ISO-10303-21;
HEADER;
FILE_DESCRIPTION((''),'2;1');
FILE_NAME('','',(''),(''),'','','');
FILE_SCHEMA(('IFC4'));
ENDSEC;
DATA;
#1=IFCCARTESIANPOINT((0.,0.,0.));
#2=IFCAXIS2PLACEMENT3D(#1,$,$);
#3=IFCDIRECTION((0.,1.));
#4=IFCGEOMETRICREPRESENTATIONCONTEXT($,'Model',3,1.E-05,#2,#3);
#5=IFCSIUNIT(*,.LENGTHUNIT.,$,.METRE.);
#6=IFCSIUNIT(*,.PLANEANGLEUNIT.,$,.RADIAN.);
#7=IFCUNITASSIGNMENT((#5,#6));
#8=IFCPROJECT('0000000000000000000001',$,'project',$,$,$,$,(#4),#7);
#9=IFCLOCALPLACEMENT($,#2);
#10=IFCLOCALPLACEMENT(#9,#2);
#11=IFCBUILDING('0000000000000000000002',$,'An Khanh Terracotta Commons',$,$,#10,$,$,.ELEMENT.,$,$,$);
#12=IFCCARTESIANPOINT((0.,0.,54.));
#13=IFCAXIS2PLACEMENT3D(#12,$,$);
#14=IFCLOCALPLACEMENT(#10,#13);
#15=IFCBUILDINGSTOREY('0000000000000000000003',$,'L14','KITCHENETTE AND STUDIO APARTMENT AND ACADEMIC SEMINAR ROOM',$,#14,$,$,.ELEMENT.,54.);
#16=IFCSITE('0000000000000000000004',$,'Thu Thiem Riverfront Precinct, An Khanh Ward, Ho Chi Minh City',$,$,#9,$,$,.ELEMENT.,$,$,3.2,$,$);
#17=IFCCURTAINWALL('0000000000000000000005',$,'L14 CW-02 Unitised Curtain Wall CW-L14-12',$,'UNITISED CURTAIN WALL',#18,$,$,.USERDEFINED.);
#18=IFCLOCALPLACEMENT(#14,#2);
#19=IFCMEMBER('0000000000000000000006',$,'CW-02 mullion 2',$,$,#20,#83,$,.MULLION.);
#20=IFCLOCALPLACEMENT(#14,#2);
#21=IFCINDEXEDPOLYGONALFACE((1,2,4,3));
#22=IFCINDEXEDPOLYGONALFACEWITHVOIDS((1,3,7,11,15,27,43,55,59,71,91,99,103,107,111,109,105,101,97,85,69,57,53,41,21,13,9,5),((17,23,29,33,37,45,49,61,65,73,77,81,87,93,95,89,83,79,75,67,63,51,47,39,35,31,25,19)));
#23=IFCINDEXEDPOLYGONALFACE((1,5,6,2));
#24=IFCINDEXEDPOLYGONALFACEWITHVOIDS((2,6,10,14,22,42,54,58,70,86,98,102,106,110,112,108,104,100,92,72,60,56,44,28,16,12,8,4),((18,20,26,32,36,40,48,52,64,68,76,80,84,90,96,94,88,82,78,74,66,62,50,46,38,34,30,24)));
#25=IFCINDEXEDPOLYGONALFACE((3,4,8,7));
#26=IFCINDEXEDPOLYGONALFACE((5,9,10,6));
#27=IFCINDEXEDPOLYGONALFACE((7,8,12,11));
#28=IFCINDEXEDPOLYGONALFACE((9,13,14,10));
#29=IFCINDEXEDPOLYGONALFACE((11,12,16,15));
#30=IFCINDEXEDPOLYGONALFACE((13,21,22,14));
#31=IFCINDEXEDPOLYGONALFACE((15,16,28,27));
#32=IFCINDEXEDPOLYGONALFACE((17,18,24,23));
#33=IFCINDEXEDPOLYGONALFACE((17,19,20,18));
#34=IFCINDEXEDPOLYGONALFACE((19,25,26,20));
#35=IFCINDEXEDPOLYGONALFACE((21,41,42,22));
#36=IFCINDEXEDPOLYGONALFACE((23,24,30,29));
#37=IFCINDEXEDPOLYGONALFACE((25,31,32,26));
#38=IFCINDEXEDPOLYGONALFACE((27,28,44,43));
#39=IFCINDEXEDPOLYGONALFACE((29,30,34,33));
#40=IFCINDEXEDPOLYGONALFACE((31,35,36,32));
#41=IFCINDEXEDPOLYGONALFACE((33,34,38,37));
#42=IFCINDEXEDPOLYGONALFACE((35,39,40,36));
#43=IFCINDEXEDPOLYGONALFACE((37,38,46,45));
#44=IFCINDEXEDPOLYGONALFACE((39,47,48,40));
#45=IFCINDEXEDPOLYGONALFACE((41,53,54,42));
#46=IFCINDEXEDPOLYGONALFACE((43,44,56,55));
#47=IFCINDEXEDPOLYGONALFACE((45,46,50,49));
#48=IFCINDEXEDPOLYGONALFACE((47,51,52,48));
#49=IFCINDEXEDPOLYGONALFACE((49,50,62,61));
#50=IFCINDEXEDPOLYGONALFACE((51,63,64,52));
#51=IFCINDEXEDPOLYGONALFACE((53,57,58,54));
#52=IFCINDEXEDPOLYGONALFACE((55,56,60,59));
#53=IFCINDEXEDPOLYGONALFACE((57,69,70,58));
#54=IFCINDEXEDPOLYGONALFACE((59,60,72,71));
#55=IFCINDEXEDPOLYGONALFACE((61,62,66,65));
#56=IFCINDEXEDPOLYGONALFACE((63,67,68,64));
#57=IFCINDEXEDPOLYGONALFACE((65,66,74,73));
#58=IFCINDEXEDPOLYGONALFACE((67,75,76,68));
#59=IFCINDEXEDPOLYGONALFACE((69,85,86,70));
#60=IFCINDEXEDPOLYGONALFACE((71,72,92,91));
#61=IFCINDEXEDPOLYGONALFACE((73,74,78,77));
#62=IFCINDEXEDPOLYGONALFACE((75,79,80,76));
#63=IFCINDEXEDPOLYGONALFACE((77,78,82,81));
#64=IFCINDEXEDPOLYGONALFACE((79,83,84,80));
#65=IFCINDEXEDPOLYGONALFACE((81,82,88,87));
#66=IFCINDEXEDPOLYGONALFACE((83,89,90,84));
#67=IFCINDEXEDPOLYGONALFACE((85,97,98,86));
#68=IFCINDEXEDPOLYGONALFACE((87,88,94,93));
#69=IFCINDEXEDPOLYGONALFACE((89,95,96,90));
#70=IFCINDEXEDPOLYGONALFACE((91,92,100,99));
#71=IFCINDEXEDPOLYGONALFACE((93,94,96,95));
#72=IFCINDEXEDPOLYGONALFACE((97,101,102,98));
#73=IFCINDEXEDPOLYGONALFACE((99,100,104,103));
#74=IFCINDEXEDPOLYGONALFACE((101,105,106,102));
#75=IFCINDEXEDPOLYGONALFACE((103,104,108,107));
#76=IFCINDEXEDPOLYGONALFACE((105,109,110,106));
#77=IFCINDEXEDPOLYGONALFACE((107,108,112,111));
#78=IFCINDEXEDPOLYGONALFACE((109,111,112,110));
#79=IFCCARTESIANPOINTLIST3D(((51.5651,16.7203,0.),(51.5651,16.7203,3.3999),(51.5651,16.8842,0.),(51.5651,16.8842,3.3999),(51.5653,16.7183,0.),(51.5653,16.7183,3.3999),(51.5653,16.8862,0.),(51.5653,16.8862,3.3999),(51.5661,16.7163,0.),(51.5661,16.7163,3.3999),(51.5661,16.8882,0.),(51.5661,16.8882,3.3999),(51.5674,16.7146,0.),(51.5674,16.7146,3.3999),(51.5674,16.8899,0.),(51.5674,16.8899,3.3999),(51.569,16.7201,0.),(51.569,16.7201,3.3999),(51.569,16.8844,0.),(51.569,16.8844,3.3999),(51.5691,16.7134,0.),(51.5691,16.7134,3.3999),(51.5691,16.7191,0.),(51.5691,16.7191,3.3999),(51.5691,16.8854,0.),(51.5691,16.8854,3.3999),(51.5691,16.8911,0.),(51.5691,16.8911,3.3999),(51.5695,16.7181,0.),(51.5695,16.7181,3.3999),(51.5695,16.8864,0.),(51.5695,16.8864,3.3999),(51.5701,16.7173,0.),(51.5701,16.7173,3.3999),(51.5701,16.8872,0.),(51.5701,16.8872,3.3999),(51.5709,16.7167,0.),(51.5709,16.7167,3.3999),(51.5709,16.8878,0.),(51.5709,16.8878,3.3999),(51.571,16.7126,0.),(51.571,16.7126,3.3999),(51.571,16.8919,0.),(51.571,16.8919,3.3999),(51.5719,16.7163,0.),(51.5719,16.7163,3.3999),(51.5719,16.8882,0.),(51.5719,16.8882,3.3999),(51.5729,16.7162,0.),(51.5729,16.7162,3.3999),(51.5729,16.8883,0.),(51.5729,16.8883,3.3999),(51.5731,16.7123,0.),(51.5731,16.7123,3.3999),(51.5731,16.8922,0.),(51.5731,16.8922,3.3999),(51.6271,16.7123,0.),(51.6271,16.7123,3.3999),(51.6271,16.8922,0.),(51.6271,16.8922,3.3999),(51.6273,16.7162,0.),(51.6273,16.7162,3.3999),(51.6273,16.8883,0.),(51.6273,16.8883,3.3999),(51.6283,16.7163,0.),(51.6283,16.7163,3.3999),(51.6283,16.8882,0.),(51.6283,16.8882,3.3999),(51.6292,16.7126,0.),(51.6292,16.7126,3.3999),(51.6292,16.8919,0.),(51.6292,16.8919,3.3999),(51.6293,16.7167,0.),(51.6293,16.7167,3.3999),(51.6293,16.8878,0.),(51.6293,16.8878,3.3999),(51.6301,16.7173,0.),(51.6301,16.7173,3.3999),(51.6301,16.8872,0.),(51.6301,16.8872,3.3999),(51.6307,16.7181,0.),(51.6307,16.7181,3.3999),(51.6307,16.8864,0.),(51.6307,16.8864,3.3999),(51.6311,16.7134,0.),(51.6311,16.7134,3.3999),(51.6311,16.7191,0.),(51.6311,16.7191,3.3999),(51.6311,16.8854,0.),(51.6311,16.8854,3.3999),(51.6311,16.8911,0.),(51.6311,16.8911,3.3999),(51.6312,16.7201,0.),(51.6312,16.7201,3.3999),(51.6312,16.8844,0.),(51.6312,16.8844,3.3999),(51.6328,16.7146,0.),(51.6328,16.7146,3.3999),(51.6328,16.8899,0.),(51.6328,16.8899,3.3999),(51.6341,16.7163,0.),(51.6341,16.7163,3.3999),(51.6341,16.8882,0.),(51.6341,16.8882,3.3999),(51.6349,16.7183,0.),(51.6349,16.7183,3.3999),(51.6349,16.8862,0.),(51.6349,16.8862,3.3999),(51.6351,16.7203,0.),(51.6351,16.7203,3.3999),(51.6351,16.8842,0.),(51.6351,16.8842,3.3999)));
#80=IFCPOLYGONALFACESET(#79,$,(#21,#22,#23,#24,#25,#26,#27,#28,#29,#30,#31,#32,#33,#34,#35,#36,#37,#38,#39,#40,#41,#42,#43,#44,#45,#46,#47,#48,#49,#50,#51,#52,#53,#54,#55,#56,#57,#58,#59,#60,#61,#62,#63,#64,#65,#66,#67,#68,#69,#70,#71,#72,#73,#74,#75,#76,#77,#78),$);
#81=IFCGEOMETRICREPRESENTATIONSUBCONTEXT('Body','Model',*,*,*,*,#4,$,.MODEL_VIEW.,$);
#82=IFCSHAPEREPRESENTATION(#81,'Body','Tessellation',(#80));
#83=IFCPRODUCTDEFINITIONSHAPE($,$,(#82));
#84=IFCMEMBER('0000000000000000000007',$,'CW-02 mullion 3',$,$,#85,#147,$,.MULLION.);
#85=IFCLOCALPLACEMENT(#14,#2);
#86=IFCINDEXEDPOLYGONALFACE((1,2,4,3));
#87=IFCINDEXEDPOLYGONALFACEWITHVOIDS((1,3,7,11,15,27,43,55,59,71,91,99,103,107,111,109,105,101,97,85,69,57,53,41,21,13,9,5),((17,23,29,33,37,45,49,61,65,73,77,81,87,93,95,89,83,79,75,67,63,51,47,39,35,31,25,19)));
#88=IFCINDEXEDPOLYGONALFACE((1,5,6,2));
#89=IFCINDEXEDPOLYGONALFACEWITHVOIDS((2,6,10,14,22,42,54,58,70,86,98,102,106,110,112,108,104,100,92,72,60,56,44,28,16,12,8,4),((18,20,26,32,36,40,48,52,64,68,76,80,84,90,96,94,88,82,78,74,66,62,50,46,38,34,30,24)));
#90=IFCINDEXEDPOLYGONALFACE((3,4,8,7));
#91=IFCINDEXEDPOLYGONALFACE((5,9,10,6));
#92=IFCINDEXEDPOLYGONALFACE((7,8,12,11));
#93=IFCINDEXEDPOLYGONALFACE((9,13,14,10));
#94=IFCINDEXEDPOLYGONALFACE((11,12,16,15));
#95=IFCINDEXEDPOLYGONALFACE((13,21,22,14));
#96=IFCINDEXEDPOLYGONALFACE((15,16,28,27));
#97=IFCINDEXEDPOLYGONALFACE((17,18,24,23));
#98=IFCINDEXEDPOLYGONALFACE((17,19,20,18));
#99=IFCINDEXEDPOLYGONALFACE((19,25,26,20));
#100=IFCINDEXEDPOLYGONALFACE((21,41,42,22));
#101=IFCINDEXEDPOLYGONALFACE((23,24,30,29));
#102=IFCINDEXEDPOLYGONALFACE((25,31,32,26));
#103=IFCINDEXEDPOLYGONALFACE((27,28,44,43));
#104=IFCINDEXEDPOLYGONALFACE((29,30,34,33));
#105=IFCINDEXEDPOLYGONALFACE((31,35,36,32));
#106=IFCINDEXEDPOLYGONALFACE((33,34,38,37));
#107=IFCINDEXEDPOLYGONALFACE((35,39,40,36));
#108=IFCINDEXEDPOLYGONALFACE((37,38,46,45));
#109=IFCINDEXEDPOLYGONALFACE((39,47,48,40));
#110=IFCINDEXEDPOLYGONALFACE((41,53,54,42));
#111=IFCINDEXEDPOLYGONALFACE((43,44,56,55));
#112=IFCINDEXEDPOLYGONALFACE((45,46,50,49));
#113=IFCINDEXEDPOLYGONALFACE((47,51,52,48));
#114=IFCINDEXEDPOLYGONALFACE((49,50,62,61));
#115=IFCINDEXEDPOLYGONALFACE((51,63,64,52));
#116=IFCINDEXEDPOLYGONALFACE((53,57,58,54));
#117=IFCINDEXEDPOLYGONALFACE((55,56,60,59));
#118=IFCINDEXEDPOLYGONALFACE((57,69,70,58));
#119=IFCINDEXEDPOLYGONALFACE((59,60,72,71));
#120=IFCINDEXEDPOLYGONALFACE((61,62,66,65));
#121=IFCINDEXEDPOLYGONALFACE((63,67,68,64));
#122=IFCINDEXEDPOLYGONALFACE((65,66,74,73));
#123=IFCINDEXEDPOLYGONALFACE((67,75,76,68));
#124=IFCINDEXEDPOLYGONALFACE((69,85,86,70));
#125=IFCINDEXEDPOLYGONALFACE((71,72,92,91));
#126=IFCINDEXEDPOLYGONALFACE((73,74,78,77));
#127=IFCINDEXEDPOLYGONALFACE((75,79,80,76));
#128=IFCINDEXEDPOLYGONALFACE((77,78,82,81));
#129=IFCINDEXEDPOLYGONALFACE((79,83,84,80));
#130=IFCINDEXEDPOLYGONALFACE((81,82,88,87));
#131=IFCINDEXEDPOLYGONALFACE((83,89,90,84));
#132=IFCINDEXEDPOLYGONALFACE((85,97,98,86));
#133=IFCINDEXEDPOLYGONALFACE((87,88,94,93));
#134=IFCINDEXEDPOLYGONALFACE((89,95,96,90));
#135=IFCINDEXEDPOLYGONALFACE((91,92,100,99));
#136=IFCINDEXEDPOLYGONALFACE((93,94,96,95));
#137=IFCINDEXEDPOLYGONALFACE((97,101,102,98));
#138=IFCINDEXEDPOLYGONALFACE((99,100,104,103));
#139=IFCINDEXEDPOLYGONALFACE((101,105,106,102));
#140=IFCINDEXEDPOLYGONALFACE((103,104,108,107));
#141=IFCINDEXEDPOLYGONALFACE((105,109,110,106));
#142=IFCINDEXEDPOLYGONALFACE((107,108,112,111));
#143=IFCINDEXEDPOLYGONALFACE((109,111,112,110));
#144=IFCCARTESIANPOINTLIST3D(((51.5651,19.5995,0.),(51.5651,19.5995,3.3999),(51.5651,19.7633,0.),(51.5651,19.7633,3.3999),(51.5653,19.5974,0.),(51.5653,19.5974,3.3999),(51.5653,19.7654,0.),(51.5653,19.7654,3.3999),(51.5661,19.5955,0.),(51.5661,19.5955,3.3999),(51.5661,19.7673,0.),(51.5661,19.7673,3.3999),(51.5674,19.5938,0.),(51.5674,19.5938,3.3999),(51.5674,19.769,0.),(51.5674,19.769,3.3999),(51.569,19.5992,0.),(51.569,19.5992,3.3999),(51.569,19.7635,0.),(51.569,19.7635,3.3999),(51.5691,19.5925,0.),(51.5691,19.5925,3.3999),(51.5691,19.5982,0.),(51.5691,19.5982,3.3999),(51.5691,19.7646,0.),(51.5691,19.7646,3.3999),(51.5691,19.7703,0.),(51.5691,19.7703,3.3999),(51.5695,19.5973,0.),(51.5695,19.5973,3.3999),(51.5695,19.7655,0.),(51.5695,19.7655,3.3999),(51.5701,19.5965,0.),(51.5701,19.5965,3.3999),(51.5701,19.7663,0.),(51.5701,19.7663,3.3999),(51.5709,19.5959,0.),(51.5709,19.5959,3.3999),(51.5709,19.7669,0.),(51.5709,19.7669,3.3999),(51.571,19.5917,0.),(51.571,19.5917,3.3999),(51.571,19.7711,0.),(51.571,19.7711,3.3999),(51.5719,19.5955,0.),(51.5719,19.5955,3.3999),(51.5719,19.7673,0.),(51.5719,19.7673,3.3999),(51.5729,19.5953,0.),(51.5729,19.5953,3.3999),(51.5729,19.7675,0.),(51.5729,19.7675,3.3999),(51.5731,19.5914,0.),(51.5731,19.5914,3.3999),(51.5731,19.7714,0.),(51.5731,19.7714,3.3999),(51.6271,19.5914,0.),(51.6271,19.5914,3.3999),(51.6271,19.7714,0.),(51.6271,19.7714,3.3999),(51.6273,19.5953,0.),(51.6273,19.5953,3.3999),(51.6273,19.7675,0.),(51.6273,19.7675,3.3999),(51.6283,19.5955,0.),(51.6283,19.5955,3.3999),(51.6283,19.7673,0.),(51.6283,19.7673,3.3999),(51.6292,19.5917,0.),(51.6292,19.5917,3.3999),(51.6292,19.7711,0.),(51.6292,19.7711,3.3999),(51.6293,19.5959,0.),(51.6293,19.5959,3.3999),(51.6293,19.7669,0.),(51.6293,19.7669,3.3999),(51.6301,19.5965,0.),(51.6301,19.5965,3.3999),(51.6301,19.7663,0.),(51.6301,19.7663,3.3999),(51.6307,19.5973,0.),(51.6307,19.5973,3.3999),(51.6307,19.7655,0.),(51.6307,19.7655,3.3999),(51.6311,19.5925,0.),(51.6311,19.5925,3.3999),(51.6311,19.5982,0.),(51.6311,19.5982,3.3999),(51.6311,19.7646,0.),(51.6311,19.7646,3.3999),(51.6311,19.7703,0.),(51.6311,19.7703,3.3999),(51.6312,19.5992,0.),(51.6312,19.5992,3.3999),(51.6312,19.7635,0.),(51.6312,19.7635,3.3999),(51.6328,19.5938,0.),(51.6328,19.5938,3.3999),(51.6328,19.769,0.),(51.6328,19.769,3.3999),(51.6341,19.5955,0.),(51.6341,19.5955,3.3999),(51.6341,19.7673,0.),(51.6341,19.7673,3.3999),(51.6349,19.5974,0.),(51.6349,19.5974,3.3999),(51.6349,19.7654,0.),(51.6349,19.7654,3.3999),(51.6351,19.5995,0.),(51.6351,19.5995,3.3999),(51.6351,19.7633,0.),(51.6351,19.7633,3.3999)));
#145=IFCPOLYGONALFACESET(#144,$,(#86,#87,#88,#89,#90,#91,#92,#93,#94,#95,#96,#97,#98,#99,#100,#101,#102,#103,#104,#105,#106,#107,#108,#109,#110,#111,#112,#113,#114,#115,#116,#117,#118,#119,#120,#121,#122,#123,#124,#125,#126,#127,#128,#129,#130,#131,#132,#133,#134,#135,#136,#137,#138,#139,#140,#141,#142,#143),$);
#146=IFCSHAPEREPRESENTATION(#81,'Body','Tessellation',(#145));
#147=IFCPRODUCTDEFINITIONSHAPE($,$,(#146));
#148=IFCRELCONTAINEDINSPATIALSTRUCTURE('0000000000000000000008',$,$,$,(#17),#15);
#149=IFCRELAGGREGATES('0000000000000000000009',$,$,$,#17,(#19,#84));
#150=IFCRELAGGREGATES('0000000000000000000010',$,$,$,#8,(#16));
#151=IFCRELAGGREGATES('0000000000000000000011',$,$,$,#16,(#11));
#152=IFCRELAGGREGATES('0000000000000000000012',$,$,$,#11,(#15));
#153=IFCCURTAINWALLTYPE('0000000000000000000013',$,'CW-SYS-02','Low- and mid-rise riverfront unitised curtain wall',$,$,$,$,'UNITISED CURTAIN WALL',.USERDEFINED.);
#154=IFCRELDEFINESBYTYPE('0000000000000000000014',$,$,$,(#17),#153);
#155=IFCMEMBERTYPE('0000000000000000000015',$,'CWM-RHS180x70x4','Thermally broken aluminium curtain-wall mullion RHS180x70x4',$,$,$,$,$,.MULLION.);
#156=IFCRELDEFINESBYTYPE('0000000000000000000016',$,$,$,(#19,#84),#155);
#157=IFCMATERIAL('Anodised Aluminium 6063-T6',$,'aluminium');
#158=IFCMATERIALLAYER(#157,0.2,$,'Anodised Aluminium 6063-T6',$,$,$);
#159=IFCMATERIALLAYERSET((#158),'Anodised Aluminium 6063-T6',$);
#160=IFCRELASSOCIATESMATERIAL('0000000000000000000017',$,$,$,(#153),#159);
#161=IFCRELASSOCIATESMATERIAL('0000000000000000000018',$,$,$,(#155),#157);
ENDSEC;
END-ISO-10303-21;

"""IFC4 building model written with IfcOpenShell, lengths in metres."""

from ifc_helpers import new_model, si_unit, direction, frame, origin, origin_2d, place, context, subcontext, project, spatial, hollow_rectangle, extrude, material, layer, layer_set, material_profile, profile_set, type_object, element, aggregate, save


model = new_model("IFC4")

# Units and contexts
model_context = context("Model", 3, precision=1e-05, world=origin(), true_north=direction((0.0, 1.0)))
body_context = subcontext(model_context, "Body", "Model", "MODEL_VIEW")
ifc_project = project(units=[si_unit("LENGTHUNIT", "METRE"), si_unit("PLANEANGLEUNIT", "RADIAN")], contexts=[model_context])

# Site, building, storey
site_placement = place(None, origin())
site = spatial("IfcSite", under=ifc_project, at=site_placement, Name="Thu Thiem Riverfront Precinct, An Khanh Ward, Ho Chi Minh City", CompositionType="ELEMENT", RefElevation=3.2)
building_placement = place(site_placement, origin())
building = spatial("IfcBuilding", under=site, at=building_placement, Name="An Khanh Terracotta Commons", CompositionType="ELEMENT")
storey_placement = place(building_placement, frame((0.0, 0.0, 54.0)))
storey = spatial("IfcBuildingStorey", under=building, at=storey_placement, Name="L14", Description="KITCHENETTE AND STUDIO APARTMENT AND ACADEMIC SEMINAR ROOM", CompositionType="ELEMENT", Elevation=54.0)

# Curtain wall, members
ifc_material_1 = material(Name="Anodised Aluminium 6063-T6", Category="aluminium")
ifc_layer_1 = layer(ifc_material_1, 0.2, Name="Anodised Aluminium 6063-T6")
ifc_layer_set_1 = layer_set([ifc_layer_1], Name="Anodised Aluminium 6063-T6")
curtain_wall_type = type_object("IfcCurtainWallType", Name="CW-SYS-02", Description="Low- and mid-rise riverfront unitised curtain wall", ElementType="UNITISED CURTAIN WALL", PredefinedType="USERDEFINED", material=ifc_layer_set_1)
curtain_wall_placement = place(storey_placement, origin())
curtain_wall = element("IfcCurtainWall", 1, at=curtain_wall_placement, inside=storey, type_object=curtain_wall_type, Name="L14 CW-02 Unitised Curtain Wall CW-L14-12", ObjectType="UNITISED CURTAIN WALL", PredefinedType="USERDEFINED")
ifc_material_profile_1 = material_profile(ifc_material_1, hollow_rectangle(XDim=0.0701, YDim=0.1799, WallThickness=0.0039, InnerFilletRadius=0.0039, OuterFilletRadius=0.0081, at=origin_2d()), Name="RHS180x70x4")
ifc_profile_set_1 = profile_set([ifc_material_profile_1], Name="Anodised Aluminium 6063-T6")
member_type_1 = type_object("IfcMemberType", Name="CWM-RHS180x70x4", Description="Thermally broken aluminium curtain-wall mullion RHS180x70x4", PredefinedType="MULLION", material=ifc_profile_set_1)
member_1_placement = place(storey_placement, frame((51.6001, 16.8022, 0.0), z_axis=(0.0, 0.0, 1.0), x_axis=(-1.0, 0.0, 0.0)))
member_1 = element("IfcMember", 2, at=member_1_placement, type_object=member_type_1, Name="CW-02 mullion 2", PredefinedType="MULLION", context=body_context, shape_type="SweptSolid", body=[
    extrude(hollow_rectangle(XDim=0.0701, YDim=0.1799, WallThickness=0.0039, InnerFilletRadius=0.0039, OuterFilletRadius=0.0081, at=origin_2d()), origin(), (0.0, 0.0, 1.0), 3.3999),
])
member_2_placement = place(storey_placement, frame((51.6001, 19.6814, 0.0), z_axis=(0.0, 0.0, 1.0), x_axis=(-1.0, 0.0, 0.0)))
member_2 = element("IfcMember", 3, at=member_2_placement, type_object=member_type_1, Name="CW-02 mullion 3", PredefinedType="MULLION", context=body_context, shape_type="SweptSolid", body=[
    extrude(hollow_rectangle(XDim=0.0701, YDim=0.1799, WallThickness=0.0039, InnerFilletRadius=0.0039, OuterFilletRadius=0.0081, at=origin_2d()), origin(), (0.0, 0.0, 1.0), 3.3999),
])
aggregate(curtain_wall, [member_1, member_2])

save(model, "model.ifc")
